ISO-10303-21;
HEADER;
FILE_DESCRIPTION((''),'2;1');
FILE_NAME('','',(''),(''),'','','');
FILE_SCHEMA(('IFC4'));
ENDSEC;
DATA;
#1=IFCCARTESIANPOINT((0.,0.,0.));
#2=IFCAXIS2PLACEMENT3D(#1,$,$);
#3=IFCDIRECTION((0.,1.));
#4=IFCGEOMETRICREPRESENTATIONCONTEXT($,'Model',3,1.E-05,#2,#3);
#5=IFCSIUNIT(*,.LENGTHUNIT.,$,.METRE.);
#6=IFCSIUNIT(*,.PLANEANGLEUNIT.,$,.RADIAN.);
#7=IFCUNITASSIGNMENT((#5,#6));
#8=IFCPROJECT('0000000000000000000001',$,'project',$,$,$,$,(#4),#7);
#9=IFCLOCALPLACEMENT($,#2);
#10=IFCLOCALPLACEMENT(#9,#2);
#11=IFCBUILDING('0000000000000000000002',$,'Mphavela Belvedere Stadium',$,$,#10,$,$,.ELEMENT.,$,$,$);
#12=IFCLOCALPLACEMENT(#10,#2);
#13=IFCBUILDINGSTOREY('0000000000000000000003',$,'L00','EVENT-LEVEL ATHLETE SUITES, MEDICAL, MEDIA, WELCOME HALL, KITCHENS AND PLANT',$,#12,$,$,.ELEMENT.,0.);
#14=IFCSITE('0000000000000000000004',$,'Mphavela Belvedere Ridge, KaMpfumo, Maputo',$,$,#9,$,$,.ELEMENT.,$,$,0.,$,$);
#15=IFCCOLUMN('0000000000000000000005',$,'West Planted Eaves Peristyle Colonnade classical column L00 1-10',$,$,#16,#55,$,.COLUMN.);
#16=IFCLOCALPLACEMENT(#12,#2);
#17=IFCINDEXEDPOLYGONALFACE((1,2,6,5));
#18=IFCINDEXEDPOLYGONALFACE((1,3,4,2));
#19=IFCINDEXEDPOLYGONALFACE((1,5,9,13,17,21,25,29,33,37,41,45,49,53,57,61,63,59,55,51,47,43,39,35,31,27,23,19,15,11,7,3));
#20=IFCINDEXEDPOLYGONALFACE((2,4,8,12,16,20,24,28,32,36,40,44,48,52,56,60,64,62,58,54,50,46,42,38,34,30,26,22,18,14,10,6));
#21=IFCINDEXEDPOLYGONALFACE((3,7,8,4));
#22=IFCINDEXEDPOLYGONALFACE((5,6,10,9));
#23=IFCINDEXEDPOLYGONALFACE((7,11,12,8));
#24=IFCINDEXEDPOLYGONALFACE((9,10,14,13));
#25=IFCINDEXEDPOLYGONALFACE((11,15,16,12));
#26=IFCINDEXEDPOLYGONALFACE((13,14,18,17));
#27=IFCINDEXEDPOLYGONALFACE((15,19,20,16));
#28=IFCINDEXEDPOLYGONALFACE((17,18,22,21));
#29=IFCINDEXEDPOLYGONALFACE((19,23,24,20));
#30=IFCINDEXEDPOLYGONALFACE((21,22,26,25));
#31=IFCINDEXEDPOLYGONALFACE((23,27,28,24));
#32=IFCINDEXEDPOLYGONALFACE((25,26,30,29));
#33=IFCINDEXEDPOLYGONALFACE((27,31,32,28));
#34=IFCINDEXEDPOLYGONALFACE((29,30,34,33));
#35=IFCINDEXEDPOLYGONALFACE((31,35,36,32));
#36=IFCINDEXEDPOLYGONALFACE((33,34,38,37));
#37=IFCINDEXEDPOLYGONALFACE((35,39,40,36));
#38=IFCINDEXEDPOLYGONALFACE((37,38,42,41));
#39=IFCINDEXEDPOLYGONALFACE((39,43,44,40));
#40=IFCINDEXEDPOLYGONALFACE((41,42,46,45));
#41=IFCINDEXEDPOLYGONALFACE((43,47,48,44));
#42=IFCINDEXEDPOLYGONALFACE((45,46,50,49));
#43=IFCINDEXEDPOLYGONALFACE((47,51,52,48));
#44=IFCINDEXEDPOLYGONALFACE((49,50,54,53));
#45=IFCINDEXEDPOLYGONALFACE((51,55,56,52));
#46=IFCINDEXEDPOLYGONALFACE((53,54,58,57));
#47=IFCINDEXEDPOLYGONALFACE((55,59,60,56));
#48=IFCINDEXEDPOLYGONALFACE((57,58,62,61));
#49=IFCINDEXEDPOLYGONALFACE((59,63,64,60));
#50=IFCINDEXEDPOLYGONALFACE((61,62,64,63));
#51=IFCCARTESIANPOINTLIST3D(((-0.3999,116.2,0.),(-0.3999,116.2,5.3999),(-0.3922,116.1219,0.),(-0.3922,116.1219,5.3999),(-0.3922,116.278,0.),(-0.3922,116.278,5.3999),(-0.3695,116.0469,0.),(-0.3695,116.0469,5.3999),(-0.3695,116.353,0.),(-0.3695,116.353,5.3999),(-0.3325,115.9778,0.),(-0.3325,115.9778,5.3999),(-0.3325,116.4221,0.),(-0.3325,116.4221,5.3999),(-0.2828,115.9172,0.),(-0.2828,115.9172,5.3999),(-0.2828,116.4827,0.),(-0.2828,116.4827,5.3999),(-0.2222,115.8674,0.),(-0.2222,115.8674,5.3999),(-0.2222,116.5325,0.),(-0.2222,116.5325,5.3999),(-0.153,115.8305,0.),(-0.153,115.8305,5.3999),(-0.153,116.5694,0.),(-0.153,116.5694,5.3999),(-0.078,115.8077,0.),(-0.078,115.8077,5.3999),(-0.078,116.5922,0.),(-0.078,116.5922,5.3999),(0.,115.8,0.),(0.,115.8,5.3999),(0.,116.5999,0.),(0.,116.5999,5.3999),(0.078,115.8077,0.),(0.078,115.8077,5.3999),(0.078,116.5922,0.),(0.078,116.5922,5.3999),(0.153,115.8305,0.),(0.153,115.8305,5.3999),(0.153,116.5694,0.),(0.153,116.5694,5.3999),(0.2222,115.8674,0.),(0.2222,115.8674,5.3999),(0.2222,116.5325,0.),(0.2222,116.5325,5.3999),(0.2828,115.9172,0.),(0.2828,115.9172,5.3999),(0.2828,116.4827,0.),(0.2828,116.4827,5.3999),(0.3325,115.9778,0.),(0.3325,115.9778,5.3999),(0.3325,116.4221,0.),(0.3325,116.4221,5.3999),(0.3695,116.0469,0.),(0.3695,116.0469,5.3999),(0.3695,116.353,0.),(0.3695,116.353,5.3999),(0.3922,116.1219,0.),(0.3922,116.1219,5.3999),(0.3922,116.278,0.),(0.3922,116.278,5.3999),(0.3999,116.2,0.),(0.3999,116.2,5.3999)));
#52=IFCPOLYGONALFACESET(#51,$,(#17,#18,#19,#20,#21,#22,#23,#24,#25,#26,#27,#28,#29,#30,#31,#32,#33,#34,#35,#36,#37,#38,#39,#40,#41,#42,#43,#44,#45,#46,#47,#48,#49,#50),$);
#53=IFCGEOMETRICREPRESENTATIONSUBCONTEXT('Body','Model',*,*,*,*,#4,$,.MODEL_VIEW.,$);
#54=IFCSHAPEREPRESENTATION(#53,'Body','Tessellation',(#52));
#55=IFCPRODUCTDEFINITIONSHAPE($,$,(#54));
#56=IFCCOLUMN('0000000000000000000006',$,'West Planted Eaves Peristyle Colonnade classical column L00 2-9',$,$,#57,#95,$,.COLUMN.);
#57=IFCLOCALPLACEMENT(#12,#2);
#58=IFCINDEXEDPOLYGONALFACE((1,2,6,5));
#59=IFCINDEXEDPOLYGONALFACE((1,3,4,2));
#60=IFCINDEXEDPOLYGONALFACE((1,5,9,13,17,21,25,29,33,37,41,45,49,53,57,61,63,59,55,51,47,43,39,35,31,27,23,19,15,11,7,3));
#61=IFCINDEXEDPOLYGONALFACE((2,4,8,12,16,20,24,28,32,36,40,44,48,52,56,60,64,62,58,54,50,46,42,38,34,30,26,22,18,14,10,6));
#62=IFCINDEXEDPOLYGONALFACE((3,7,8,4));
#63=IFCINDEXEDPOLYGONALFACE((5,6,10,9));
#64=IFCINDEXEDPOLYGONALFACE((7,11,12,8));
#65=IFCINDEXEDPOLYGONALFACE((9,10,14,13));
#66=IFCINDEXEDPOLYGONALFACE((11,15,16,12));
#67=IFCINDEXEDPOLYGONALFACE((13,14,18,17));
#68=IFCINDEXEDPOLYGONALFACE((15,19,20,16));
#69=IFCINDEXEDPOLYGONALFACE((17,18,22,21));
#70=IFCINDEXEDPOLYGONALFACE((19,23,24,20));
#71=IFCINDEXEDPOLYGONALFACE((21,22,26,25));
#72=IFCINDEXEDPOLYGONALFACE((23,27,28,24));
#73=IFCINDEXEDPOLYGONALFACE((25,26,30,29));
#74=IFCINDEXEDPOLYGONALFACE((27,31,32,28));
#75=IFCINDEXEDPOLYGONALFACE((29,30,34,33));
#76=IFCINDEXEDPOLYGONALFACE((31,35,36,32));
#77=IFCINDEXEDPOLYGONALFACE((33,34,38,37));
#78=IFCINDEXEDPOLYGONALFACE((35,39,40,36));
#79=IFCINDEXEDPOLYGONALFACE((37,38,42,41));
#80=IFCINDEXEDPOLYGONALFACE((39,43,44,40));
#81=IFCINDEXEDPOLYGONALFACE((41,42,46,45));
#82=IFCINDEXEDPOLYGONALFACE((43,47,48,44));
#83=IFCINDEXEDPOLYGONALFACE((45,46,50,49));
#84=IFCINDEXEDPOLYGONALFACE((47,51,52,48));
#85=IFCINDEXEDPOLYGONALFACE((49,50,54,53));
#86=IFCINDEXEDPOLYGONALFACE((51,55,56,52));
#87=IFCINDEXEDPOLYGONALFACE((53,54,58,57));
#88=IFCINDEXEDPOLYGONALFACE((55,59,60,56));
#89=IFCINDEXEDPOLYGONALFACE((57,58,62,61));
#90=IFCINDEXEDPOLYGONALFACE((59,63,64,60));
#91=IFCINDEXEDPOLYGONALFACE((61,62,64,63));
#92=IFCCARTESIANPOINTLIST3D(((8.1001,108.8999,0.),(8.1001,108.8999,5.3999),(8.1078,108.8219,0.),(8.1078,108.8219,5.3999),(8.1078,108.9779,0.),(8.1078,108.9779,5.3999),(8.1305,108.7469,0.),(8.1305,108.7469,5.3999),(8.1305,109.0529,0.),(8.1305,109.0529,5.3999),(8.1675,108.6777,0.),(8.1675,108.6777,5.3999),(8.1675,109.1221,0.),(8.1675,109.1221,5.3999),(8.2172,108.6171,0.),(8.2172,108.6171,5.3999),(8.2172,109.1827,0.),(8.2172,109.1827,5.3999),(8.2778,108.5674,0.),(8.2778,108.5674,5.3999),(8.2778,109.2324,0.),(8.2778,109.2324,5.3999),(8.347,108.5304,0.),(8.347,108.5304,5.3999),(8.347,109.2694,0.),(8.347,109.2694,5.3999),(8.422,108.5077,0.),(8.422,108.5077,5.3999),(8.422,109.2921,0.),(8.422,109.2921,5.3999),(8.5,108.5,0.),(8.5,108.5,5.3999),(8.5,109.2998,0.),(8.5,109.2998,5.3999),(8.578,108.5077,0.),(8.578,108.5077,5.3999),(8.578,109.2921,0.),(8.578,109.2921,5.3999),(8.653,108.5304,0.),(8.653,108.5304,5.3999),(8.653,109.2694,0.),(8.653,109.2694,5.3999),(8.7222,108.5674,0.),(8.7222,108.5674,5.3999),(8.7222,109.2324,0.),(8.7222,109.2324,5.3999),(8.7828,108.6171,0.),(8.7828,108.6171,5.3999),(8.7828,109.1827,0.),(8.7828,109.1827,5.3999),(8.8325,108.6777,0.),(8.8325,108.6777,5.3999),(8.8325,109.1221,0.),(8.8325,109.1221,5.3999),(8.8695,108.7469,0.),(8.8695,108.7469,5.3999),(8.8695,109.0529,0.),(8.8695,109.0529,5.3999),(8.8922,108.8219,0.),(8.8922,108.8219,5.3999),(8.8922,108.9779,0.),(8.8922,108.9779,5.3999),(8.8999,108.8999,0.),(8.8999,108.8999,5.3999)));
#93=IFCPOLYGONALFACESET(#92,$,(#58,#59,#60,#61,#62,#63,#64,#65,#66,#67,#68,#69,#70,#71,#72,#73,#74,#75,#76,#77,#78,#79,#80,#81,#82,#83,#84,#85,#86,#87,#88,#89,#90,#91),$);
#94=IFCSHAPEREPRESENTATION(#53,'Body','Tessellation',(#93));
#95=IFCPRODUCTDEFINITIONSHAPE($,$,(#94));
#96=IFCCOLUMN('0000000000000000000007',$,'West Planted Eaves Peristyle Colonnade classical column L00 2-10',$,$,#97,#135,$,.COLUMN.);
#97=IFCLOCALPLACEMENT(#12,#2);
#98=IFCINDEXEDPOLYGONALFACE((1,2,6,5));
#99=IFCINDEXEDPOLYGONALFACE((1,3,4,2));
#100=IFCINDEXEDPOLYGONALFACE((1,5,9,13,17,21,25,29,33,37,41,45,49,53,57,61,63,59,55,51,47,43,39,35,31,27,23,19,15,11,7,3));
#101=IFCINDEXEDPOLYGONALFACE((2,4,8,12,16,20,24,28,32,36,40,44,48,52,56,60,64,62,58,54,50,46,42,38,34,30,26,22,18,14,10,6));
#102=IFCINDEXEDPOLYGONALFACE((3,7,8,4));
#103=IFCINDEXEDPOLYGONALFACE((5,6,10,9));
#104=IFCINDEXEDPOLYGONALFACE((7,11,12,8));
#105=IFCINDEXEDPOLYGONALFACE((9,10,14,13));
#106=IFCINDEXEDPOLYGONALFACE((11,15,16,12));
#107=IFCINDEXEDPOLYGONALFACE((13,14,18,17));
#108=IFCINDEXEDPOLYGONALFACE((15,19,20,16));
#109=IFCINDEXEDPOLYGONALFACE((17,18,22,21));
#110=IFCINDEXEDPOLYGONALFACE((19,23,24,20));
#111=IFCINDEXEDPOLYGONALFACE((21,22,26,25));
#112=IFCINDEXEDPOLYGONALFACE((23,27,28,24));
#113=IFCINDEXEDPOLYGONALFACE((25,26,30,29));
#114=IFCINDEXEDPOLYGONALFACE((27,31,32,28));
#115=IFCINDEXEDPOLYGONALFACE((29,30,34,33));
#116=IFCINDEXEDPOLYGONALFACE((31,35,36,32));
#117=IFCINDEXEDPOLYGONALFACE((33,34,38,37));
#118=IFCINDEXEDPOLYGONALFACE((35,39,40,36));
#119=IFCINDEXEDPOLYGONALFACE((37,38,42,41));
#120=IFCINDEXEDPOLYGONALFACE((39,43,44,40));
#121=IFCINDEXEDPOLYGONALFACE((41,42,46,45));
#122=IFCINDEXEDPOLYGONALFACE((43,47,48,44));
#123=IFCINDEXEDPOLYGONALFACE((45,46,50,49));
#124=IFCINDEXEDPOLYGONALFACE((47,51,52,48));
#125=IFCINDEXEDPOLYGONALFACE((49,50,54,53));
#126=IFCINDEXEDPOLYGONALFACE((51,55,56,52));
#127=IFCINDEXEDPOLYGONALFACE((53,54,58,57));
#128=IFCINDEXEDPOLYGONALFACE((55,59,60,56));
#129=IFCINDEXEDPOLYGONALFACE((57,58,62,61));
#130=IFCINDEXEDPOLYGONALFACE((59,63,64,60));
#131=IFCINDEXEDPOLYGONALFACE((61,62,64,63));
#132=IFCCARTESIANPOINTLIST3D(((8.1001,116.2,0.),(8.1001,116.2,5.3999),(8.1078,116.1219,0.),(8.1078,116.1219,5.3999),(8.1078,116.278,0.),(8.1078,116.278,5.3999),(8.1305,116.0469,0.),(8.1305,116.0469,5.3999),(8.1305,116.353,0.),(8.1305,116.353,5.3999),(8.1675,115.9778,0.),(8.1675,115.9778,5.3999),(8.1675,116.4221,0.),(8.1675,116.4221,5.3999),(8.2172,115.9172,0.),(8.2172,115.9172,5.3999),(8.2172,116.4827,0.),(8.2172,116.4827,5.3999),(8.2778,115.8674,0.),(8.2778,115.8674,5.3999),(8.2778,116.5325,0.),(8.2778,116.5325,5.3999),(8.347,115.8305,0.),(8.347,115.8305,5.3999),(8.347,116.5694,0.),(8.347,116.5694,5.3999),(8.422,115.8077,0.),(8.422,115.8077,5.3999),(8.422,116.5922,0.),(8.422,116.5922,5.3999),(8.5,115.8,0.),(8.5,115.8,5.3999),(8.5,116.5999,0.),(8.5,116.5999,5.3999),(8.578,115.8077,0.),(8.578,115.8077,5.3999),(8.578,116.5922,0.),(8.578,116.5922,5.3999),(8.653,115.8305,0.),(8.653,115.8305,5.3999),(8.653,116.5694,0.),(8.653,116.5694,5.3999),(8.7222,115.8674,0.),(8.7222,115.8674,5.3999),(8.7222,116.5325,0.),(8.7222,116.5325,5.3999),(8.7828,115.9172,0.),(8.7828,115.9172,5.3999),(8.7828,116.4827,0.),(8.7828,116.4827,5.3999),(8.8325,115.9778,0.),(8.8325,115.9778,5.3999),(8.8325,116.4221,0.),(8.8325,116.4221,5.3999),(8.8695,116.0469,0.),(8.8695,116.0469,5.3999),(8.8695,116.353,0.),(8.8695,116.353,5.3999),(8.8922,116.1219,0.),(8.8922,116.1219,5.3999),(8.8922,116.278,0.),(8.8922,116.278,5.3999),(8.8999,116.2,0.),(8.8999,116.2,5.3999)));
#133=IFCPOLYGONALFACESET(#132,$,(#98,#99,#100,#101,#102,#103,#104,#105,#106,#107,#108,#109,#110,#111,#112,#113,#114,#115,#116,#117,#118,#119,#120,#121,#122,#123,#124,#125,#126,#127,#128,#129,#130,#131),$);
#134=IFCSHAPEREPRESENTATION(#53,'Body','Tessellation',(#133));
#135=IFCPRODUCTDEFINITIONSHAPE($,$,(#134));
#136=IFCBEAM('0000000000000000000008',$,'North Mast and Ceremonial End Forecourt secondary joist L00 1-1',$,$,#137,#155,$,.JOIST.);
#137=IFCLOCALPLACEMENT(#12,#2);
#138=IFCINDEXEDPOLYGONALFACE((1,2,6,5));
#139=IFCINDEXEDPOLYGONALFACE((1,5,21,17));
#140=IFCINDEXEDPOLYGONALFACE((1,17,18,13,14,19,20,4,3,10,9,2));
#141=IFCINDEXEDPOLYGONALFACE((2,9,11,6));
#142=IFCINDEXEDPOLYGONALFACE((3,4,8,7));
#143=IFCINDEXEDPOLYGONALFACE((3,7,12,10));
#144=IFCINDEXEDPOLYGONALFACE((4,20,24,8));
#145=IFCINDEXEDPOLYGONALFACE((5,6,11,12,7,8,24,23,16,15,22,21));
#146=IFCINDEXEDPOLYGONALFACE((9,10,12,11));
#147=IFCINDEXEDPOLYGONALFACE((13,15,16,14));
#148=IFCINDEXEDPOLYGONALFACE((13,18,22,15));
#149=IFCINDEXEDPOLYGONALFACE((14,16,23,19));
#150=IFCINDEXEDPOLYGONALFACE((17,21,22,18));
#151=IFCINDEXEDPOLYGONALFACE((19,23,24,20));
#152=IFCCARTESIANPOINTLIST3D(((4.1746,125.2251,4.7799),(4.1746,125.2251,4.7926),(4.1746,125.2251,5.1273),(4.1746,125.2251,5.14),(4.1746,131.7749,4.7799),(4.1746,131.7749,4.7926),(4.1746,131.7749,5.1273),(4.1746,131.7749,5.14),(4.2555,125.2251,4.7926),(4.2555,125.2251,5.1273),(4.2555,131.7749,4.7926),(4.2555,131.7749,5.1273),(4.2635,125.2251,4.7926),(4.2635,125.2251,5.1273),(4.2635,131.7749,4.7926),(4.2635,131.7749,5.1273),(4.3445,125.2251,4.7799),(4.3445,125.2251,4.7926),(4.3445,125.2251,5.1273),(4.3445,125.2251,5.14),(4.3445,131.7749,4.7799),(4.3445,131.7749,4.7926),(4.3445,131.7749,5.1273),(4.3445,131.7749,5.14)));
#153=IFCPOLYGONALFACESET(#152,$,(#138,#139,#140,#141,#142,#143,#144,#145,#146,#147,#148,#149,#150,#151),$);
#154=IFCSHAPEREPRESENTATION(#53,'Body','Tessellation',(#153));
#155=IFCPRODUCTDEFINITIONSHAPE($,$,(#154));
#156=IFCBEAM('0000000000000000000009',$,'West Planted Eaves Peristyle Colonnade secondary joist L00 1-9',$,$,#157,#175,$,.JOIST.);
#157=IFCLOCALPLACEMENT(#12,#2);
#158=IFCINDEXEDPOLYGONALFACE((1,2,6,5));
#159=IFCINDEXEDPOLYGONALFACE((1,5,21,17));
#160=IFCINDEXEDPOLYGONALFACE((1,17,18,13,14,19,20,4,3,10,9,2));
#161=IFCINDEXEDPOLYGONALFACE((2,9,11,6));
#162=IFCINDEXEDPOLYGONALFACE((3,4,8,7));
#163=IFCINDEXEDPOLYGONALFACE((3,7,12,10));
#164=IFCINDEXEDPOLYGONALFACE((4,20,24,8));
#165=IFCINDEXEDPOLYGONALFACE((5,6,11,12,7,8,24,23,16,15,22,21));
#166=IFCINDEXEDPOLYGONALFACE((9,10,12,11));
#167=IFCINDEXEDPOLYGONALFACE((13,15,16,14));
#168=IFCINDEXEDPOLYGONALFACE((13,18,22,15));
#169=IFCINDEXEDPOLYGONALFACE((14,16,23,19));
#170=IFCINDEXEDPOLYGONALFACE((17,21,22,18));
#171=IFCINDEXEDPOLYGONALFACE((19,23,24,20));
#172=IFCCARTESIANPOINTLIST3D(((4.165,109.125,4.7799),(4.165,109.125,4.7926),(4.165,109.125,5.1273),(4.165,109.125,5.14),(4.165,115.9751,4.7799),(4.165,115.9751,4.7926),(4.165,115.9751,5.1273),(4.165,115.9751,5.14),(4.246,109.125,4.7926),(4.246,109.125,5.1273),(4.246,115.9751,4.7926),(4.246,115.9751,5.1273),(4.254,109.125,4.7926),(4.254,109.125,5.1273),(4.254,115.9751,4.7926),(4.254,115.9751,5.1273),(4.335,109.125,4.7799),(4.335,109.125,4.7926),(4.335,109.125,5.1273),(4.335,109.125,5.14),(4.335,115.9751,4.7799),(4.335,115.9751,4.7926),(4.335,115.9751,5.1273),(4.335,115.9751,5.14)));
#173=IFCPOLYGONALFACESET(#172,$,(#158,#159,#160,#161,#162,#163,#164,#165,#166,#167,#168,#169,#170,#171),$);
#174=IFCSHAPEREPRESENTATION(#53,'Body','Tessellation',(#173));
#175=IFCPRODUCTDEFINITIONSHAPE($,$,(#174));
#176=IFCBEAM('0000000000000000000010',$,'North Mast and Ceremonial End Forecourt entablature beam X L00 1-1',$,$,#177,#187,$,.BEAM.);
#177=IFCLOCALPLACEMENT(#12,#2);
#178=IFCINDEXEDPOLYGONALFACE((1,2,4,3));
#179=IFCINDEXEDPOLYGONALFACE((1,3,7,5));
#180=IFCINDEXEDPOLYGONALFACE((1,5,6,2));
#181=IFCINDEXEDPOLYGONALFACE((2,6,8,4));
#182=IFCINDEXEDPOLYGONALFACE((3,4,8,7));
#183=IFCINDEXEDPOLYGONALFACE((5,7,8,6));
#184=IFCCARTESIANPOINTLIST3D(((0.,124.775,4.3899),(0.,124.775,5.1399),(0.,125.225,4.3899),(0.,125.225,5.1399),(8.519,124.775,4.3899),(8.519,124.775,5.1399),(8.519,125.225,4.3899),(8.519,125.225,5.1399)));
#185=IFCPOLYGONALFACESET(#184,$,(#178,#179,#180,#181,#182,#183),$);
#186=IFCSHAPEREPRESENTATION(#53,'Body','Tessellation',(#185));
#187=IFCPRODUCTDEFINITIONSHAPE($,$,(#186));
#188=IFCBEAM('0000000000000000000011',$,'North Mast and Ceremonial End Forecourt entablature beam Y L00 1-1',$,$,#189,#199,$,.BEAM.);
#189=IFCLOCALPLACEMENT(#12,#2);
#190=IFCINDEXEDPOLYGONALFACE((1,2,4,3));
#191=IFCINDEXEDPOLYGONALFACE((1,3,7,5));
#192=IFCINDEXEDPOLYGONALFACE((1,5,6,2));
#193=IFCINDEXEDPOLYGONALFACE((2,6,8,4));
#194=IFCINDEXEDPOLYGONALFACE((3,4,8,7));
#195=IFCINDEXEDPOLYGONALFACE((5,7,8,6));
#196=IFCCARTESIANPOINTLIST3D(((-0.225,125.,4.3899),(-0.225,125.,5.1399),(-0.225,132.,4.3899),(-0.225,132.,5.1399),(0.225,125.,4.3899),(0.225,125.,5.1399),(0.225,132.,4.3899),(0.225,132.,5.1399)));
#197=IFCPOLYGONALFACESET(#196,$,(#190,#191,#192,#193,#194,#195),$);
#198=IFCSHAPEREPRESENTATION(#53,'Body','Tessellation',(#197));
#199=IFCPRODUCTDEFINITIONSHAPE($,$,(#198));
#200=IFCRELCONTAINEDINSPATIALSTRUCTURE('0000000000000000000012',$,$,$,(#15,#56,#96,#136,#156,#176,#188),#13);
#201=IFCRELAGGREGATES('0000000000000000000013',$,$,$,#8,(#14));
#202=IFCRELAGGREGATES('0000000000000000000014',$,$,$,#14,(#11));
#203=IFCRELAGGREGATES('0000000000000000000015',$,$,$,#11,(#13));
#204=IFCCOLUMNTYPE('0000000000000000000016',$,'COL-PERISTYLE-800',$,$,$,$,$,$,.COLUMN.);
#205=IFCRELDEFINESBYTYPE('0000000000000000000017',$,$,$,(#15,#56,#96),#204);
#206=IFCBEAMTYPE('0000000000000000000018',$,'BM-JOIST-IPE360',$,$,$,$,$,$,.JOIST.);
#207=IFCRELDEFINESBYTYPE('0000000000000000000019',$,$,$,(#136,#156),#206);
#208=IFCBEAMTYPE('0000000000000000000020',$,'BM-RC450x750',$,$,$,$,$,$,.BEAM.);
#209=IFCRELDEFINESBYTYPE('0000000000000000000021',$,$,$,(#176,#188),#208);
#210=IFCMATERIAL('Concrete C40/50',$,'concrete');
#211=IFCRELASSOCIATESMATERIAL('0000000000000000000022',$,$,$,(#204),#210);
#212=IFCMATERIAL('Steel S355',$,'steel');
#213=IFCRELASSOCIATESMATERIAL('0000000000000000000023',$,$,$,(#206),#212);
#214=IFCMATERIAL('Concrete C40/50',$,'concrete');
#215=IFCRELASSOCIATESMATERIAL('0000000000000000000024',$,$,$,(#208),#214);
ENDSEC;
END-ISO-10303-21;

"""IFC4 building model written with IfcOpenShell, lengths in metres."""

from ifc_helpers import new_model, si_unit, direction, frame, origin, origin_2d, place, context, subcontext, project, spatial, rectangle, circle, i_section, extrude, material, material_profile, profile_set, type_object, element, save


model = new_model("IFC4")

# Units and contexts
model_context = context("Model", 3, precision=1e-05, world=origin(), true_north=direction((0.0, 1.0)))
body_context = subcontext(model_context, "Body", "Model", "MODEL_VIEW")
ifc_project = project(units=[si_unit("LENGTHUNIT", "METRE"), si_unit("PLANEANGLEUNIT", "RADIAN")], contexts=[model_context])

# Site, building, storey
site_placement = place(None, origin())
site = spatial("IfcSite", under=ifc_project, at=site_placement, Name="Mphavela Belvedere Ridge, KaMpfumo, Maputo", CompositionType="ELEMENT", RefElevation=0.0)
building_placement = place(site_placement, origin())
building = spatial("IfcBuilding", under=site, at=building_placement, Name="Mphavela Belvedere Stadium", CompositionType="ELEMENT")
storey_placement = place(building_placement, origin())
storey = spatial("IfcBuildingStorey", under=building, at=storey_placement, Name="L00", Description="EVENT-LEVEL ATHLETE SUITES, MEDICAL, MEDIA, WELCOME HALL, KITCHENS AND PLANT", CompositionType="ELEMENT", Elevation=0.0)

# Columns
ifc_material_1 = material(Name="Concrete C40/50", Category="concrete")
ifc_material_profile_1 = material_profile(ifc_material_1, circle(Radius=0.3999, at=origin_2d()), Name="COL D800")
ifc_profile_set_1 = profile_set([ifc_material_profile_1], Name="Concrete C40/50")
column_type_1 = type_object("IfcColumnType", Name="COL-PERISTYLE-800", PredefinedType="COLUMN", material=ifc_profile_set_1)
for number, where, z_axis, x_axis, name in (
    (1, (0.0, 116.2, 0.0), (0.0, 0.0, 1.0), (1.0, 0.0, 0.0), "West Planted Eaves Peristyle Colonnade classical column L00 1-10"),
    (2, (8.5, 108.8999, 0.0), (0.0, 0.0, 1.0), (1.0, 0.0, 0.0), "West Planted Eaves Peristyle Colonnade classical column L00 2-9"),
    (3, (8.5, 116.2, 0.0), (0.0, 0.0, 1.0), (1.0, 0.0, 0.0), "West Planted Eaves Peristyle Colonnade classical column L00 2-10"),
):
    element("IfcColumn", number, at=place(storey_placement, frame(where, z_axis=z_axis, x_axis=x_axis)), inside=storey, type_object=column_type_1, Name=name, PredefinedType="COLUMN", context=body_context, shape_type="SweptSolid", body=[
        extrude(circle(Radius=0.3999, at=origin_2d()), origin(), (0.0, 0.0, 1.0), 5.3999),
    ])

# Beams
ifc_material_2 = material(Name="Steel S355", Category="steel")
ifc_material_profile_2 = material_profile(ifc_material_2, i_section(OverallWidth=0.1699, OverallDepth=0.3601, WebThickness=0.0081, FlangeThickness=0.0127, at=origin_2d()), Name="IPE 360")
ifc_profile_set_2 = profile_set([ifc_material_profile_2], Name="Steel S355")
beam_type_1 = type_object("IfcBeamType", Name="BM-JOIST-IPE360", PredefinedType="JOIST", material=ifc_profile_set_2)
beam_1_placement = place(storey_placement, frame((4.2595, 125.2251, 4.96), z_axis=(0.0, 1.0, 0.0), x_axis=(-1.0, 0.0, 0.0)))
element("IfcBeam", 4, at=beam_1_placement, inside=storey, type_object=beam_type_1, Name="North Mast and Ceremonial End Forecourt secondary joist L00 1-1", PredefinedType="JOIST", context=body_context, shape_type="SweptSolid", body=[
    extrude(i_section(OverallWidth=0.1699, OverallDepth=0.3601, WebThickness=0.0081, FlangeThickness=0.0127, at=origin_2d()), origin(), (0.0, 0.0, 1.0), 6.5498),
])
beam_2_placement = place(storey_placement, frame((4.25, 109.125, 4.96), z_axis=(0.0, 1.0, 0.0), x_axis=(-1.0, 0.0, 0.0)))
element("IfcBeam", 5, at=beam_2_placement, inside=storey, type_object=beam_type_1, Name="West Planted Eaves Peristyle Colonnade secondary joist L00 1-9", PredefinedType="JOIST", context=body_context, shape_type="SweptSolid", body=[
    extrude(i_section(OverallWidth=0.1699, OverallDepth=0.3601, WebThickness=0.0081, FlangeThickness=0.0127, at=origin_2d()), origin(), (0.0, 0.0, 1.0), 6.8501),
])
ifc_material_3 = material(Name="Concrete C40/50", Category="concrete")
ifc_material_profile_3 = material_profile(ifc_material_3, rectangle(XDim=0.45, YDim=0.75, at=origin_2d()), Name="RC 450x750")
ifc_profile_set_3 = profile_set([ifc_material_profile_3], Name="Concrete C40/50")
beam_type_2 = type_object("IfcBeamType", Name="BM-RC450x750", PredefinedType="BEAM", material=ifc_profile_set_3)
beam_3_placement = place(storey_placement, frame((0.0, 125.0, 4.7649), z_axis=(1.0, 0.0, 0.0), x_axis=(0.0, 1.0, 0.0)))
element("IfcBeam", 6, at=beam_3_placement, inside=storey, type_object=beam_type_2, Name="North Mast and Ceremonial End Forecourt entablature beam X L00 1-1", PredefinedType="BEAM", context=body_context, shape_type="SweptSolid", body=[
    extrude(rectangle(XDim=0.45, YDim=0.75, at=origin_2d()), origin(), (0.0, 0.0, 1.0), 8.519),
])
beam_4_placement = place(storey_placement, frame((0.0, 125.0, 4.7649), z_axis=(0.0, 1.0, 0.0), x_axis=(-1.0, 0.0, 0.0)))
element("IfcBeam", 7, at=beam_4_placement, inside=storey, type_object=beam_type_2, Name="North Mast and Ceremonial End Forecourt entablature beam Y L00 1-1", PredefinedType="BEAM", context=body_context, shape_type="SweptSolid", body=[
    extrude(rectangle(XDim=0.45, YDim=0.75, at=origin_2d()), origin(), (0.0, 0.0, 1.0), 7.0),
])

save(model, "model.ifc")
